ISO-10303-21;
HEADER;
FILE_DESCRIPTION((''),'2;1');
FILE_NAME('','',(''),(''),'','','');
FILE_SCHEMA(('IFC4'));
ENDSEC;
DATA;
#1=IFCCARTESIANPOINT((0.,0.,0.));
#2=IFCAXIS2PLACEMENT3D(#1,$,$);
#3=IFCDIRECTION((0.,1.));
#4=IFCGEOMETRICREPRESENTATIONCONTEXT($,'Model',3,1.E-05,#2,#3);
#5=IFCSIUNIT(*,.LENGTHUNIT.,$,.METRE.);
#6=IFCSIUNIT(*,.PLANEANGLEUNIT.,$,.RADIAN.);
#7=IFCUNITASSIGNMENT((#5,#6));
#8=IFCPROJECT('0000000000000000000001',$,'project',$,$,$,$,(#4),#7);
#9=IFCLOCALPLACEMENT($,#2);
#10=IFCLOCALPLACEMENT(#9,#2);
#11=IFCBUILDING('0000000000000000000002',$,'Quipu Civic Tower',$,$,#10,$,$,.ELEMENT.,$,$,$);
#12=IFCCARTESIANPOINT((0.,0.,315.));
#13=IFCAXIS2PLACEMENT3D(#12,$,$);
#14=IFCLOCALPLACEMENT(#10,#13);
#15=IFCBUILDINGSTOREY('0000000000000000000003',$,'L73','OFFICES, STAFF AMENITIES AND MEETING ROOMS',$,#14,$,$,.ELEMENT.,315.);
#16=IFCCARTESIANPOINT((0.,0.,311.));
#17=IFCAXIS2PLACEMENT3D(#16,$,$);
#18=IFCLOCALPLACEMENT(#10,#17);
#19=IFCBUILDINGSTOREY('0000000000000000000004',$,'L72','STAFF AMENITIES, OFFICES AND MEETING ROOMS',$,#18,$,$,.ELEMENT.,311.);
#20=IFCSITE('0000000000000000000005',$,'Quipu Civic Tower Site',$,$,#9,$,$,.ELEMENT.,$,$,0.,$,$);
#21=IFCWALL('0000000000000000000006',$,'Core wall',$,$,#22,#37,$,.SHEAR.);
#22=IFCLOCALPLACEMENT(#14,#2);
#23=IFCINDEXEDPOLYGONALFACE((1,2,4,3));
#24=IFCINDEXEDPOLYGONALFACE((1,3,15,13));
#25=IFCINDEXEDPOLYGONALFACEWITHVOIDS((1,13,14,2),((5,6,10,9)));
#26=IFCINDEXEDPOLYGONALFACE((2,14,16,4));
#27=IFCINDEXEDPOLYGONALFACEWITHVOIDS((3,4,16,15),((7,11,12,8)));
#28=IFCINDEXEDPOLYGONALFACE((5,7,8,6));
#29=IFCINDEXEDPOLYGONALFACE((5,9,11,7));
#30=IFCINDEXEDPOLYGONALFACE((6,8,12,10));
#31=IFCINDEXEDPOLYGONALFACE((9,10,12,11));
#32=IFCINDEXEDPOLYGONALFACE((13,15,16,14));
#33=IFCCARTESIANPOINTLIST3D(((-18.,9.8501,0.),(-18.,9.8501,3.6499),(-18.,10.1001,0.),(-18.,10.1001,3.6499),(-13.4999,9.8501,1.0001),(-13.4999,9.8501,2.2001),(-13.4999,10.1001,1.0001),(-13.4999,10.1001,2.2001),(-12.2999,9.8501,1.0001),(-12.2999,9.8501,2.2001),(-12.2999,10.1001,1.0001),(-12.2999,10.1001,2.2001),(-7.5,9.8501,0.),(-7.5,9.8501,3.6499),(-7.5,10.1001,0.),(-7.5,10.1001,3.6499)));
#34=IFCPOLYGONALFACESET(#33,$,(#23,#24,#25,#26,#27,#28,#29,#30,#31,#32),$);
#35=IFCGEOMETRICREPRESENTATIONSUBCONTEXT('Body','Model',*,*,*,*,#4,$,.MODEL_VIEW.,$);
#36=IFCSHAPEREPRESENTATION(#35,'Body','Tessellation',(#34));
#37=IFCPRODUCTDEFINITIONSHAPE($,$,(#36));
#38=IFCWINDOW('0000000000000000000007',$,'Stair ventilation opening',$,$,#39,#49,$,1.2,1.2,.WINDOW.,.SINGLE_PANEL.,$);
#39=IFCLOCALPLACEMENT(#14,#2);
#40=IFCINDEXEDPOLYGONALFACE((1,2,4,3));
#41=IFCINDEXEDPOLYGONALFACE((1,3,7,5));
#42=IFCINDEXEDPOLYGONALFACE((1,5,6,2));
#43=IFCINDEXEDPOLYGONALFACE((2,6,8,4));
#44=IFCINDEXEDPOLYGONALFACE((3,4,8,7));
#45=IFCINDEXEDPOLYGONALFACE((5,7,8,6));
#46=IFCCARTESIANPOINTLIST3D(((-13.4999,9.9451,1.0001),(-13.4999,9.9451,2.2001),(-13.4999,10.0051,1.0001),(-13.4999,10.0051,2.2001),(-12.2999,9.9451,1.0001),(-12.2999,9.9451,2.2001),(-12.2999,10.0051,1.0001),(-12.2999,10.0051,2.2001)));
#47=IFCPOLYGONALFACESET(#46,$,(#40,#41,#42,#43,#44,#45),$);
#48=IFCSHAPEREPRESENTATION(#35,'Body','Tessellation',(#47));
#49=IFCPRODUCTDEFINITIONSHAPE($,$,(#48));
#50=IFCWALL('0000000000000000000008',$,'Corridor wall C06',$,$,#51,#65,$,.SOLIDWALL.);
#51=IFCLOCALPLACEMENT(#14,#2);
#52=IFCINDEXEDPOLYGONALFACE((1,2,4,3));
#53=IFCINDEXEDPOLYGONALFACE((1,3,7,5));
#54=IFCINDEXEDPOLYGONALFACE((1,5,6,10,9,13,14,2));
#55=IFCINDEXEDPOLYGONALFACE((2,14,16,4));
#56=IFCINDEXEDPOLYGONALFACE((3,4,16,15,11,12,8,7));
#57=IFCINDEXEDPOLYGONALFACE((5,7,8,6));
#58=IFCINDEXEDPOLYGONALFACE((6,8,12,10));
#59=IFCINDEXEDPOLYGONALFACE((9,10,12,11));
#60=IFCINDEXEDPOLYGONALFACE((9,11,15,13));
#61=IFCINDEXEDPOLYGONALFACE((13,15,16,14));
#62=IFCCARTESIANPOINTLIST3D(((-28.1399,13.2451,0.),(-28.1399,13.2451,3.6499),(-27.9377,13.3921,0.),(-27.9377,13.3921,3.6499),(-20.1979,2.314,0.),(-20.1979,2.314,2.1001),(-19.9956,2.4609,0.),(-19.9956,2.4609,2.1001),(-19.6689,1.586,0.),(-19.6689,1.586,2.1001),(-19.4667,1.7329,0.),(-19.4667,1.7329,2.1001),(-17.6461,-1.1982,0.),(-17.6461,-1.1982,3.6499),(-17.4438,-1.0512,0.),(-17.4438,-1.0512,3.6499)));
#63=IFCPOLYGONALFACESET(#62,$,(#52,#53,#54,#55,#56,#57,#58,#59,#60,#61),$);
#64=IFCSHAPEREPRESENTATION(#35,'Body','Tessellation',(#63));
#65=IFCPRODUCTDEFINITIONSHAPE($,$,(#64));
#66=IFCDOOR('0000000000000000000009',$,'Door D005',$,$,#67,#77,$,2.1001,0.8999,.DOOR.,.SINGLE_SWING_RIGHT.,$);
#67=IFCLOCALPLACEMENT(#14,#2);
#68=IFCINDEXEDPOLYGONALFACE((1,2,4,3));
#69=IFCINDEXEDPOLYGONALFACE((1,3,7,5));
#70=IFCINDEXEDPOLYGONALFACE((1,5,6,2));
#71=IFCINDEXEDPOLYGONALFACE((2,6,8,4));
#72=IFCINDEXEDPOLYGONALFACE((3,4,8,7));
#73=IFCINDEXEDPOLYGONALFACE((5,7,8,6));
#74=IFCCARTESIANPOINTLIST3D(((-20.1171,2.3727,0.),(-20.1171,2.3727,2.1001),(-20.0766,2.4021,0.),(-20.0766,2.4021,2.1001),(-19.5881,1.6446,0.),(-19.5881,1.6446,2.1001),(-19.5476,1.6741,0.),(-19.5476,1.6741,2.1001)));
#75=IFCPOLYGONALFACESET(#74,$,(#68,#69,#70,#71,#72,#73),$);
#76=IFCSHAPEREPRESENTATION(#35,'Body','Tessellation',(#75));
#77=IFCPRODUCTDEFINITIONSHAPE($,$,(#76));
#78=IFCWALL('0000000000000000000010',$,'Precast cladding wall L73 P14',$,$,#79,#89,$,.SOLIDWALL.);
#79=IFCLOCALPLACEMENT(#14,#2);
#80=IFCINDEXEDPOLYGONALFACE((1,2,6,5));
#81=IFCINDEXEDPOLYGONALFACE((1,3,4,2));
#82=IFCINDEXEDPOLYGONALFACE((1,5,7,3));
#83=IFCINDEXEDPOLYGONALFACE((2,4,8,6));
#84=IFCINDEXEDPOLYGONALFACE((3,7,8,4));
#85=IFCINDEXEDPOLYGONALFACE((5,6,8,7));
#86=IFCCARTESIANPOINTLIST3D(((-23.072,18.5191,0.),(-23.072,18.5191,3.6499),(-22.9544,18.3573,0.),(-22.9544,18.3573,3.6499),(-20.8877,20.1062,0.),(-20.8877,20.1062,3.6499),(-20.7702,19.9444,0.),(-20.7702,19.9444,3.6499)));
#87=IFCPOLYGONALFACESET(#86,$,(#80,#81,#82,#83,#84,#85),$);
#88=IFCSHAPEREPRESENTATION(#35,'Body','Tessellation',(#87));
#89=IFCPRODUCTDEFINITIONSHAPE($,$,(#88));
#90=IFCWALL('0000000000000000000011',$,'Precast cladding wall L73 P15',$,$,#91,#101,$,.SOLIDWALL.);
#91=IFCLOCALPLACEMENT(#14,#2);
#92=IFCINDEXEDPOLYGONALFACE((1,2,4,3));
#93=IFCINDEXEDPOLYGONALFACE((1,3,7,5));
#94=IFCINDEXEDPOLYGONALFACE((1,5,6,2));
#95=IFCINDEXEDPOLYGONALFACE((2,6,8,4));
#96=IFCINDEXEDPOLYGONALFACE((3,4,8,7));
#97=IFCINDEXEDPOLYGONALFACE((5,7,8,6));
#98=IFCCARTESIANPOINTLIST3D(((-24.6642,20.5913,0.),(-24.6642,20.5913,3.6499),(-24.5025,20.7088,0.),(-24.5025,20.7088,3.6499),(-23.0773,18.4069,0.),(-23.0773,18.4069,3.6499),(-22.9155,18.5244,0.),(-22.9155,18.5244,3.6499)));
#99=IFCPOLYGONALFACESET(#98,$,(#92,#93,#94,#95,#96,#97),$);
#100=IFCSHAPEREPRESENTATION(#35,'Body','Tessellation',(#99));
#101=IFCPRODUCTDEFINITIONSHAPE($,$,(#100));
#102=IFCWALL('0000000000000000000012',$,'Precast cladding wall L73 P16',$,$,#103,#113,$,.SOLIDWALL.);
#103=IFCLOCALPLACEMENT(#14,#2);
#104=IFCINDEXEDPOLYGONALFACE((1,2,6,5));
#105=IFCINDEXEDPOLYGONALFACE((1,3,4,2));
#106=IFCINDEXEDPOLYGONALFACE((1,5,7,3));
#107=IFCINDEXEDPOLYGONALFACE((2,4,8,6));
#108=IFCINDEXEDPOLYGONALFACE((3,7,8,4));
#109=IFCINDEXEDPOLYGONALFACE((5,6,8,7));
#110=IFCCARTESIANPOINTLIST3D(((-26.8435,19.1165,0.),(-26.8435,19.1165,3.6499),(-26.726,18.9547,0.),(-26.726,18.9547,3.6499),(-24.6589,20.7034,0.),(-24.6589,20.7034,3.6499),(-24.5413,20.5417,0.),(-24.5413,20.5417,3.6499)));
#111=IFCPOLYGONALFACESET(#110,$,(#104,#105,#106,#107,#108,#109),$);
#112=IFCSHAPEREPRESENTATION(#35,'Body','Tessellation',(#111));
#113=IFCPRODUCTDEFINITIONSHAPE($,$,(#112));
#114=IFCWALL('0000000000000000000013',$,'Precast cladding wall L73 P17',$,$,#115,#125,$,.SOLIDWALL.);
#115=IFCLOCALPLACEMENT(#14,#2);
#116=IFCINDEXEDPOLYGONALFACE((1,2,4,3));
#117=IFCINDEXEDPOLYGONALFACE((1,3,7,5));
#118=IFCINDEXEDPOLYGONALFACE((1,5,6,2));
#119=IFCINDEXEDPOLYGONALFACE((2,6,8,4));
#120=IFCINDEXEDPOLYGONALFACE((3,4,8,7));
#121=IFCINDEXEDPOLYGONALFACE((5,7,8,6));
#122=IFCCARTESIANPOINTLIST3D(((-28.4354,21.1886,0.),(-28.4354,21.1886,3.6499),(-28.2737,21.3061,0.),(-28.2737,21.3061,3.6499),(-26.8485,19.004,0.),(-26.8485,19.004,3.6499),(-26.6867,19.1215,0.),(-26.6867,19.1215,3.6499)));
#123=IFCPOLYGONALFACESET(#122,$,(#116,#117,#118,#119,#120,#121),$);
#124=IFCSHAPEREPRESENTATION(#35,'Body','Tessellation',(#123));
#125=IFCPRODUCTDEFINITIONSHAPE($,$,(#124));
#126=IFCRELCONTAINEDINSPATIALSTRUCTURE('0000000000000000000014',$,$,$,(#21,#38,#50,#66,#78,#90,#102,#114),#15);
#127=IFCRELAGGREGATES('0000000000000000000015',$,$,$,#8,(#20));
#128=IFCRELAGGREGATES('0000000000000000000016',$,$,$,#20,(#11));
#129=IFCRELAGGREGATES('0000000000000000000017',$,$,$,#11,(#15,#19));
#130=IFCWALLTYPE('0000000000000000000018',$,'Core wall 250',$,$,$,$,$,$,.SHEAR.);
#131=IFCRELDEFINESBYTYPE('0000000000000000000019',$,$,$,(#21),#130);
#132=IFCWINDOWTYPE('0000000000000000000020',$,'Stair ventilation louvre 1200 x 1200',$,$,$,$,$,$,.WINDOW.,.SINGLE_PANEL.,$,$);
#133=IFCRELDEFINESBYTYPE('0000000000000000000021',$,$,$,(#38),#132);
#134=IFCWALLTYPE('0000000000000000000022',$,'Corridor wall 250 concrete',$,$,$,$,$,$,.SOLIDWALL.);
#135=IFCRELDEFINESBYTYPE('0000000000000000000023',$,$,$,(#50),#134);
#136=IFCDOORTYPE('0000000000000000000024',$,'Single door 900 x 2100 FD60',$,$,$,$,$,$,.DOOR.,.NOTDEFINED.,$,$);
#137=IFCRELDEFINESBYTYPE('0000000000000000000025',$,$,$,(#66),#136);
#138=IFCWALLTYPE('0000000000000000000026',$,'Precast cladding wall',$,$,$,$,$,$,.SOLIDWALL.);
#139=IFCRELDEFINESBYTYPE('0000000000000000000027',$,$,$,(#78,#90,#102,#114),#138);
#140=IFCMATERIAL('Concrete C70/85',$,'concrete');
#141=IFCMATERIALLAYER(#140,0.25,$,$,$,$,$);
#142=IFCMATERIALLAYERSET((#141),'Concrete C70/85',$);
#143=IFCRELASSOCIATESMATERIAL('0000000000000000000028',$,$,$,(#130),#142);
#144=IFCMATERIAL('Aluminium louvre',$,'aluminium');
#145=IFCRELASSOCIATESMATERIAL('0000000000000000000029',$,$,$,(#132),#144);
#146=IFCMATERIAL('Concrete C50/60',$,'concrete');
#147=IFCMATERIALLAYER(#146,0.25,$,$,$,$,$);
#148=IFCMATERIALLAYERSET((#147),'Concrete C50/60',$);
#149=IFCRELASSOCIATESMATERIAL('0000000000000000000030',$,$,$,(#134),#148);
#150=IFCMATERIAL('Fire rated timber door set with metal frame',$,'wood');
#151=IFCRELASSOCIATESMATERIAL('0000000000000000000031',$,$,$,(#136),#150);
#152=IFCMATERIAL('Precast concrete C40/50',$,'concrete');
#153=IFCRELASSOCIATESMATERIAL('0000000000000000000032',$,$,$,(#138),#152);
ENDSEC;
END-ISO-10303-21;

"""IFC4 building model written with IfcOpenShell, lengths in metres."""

from ifc_helpers import new_model, si_unit, direction, frame, frame_2d, origin, place, context, subcontext, project, spatial, rectangle, extrude, material, layer, layer_set, type_object, element, fill, save


model = new_model("IFC4")

# Units and contexts
model_context = context("Model", 3, precision=1e-05, world=origin(), true_north=direction((0.0, 1.0)))
body_context = subcontext(model_context, "Body", "Model", "MODEL_VIEW")
ifc_project = project(units=[si_unit("LENGTHUNIT", "METRE"), si_unit("PLANEANGLEUNIT", "RADIAN")], contexts=[model_context])

# Site, building, storey
site_placement = place(None, origin())
site = spatial("IfcSite", under=ifc_project, at=site_placement, Name="Quipu Civic Tower Site", CompositionType="ELEMENT", RefElevation=0.0)
building_placement = place(site_placement, origin())
building = spatial("IfcBuilding", under=site, at=building_placement, Name="Quipu Civic Tower", CompositionType="ELEMENT")
storey_1_placement = place(building_placement, frame((0.0, 0.0, 315.0)))
storey_1 = spatial("IfcBuildingStorey", under=building, at=storey_1_placement, Name="L73", Description="OFFICES, STAFF AMENITIES AND MEETING ROOMS", CompositionType="ELEMENT", Elevation=315.0)

# Shared definitions
storey_2_placement = place(building_placement, frame((0.0, 0.0, 311.0)))
storey_2 = spatial("IfcBuildingStorey", under=building, at=storey_2_placement, Name="L72", Description="STAFF AMENITIES, OFFICES AND MEETING ROOMS", CompositionType="ELEMENT", Elevation=311.0)

# Wall, opening, window
ifc_material_1 = material(Name="Concrete C70/85", Category="concrete")
ifc_layer_1 = layer(ifc_material_1, 0.25)
ifc_layer_set_1 = layer_set([ifc_layer_1], Name="Concrete C70/85")
wall_type_1 = type_object("IfcWallType", Name="Core wall 250", PredefinedType="SHEAR", material=ifc_layer_set_1)
wall_1_placement = place(storey_1_placement, frame((-18.0, 9.9751, 0.0), z_axis=(0.0, 0.0, 1.0), x_axis=(1.0, 0.0, 0.0)))
wall_1 = element("IfcWall", 1, at=wall_1_placement, inside=storey_1, type_object=wall_type_1, Name="Core wall", PredefinedType="SHEAR", context=body_context, shape_type="SweptSolid", body=[
    extrude(rectangle(XDim=10.5, YDim=0.25, at=frame_2d((5.25, 0.0))), origin(), (0.0, 0.0, 1.0), 3.6499),
])
opening_1_placement = place(wall_1_placement, frame((4.5, 0.0, 1.0)))
opening_1 = element("IfcOpeningElement", 2, at=opening_1_placement, cuts=wall_1, PredefinedType="OPENING", context=body_context, shape_type="SweptSolid", body=[
    extrude(rectangle(XDim=1.2, YDim=1.2, at=frame_2d((0.6001, 0.6001))), frame((0.0, 0.135, 0.0), z_axis=(0.0, -1.0, 0.0), x_axis=(1.0, 0.0, 0.0)), (0.0, 0.0, 1.0), 0.27),
])
ifc_material_2 = material(Name="Aluminium louvre", Category="aluminium")
window_type = type_object("IfcWindowType", Name="Stair ventilation louvre 1200 x 1200", PartitioningType="SINGLE_PANEL", PredefinedType="WINDOW", material=ifc_material_2)
window_placement = place(opening_1_placement, origin())
window = element("IfcWindow", 3, at=window_placement, inside=storey_1, type_object=window_type, Name="Stair ventilation opening", OverallHeight=1.2, OverallWidth=1.2, PartitioningType="SINGLE_PANEL", PredefinedType="WINDOW", context=body_context, shape_type="SweptSolid", body=[
    extrude(rectangle(XDim=1.2, YDim=1.2, at=frame_2d((0.6001, 0.6001))), frame((0.0, 0.03, 0.0), z_axis=(0.0, -1.0, 0.0), x_axis=(1.0, 0.0, 0.0)), (0.0, 0.0, 1.0), 0.0601),
])
fill(opening_1, window)

# Wall, opening, door
ifc_material_3 = material(Name="Concrete C50/60", Category="concrete")
ifc_layer_2 = layer(ifc_material_3, 0.25)
ifc_layer_set_2 = layer_set([ifc_layer_2], Name="Concrete C50/60")
wall_type_2 = type_object("IfcWallType", Name="Corridor wall 250 concrete", PredefinedType="SOLIDWALL", material=ifc_layer_set_2)
wall_2_placement = place(storey_1_placement, frame((-28.0388, 13.3186, 0.0), z_axis=(0.0, 0.0, 1.0), x_axis=(0.587792, -0.809012, 0.0)))
wall_2 = element("IfcWall", 4, at=wall_2_placement, inside=storey_1, type_object=wall_type_2, Name="Corridor wall C06", PredefinedType="SOLIDWALL", context=body_context, shape_type="SweptSolid", body=[
    extrude(rectangle(XDim=17.853, YDim=0.25, at=frame_2d((8.9265, 0.0))), origin(), (0.0, 0.0, 1.0), 3.6499),
])
opening_2_placement = place(wall_2_placement, frame((13.5117, 0.0, 0.0)))
opening_2 = element("IfcOpeningElement", 5, at=opening_2_placement, cuts=wall_2, PredefinedType="OPENING", context=body_context, shape_type="SweptSolid", body=[
    extrude(rectangle(XDim=0.8999, YDim=2.1001, at=frame_2d((0.45, 1.05))), frame((0.0, 0.135, 0.0), z_axis=(0.0, -1.0, 0.0), x_axis=(1.0, 0.0, 0.0)), (0.0, 0.0, 1.0), 0.27),
])
ifc_material_4 = material(Name="Fire rated timber door set with metal frame", Category="wood")
door_type = type_object("IfcDoorType", Name="Single door 900 x 2100 FD60", OperationType="NOTDEFINED", PredefinedType="DOOR", material=ifc_material_4)
door_placement = place(opening_2_placement, origin())
door = element("IfcDoor", 6, at=door_placement, inside=storey_1, type_object=door_type, Name="Door D005", OperationType="SINGLE_SWING_RIGHT", OverallHeight=2.1001, OverallWidth=0.8999, PredefinedType="DOOR", context=body_context, shape_type="SweptSolid", body=[
    extrude(rectangle(XDim=0.8999, YDim=2.1001, at=frame_2d((0.45, 1.05))), frame((0.0, 0.0249, 0.0), z_axis=(0.0, -1.0, 0.0), x_axis=(1.0, 0.0, 0.0)), (0.0, 0.0, 1.0), 0.05),
])
fill(opening_2, door)

# Walls
ifc_material_5 = material(Name="Precast concrete C40/50", Category="concrete")
wall_type_3 = type_object("IfcWallType", Name="Precast cladding wall", PredefinedType="SOLIDWALL", material=ifc_material_5)
for number, where, z_axis, x_axis, name in (
    (7, (-20.8289, 20.0254, 0.0), (0.0, 0.0, 1.0), (-0.80899, -0.587822, 0.0), "Precast cladding wall L73 P14"),
    (8, (-22.9963, 18.4656, 0.0), (0.0, 0.0, 1.0), (-0.587763, 0.809033, 0.0), "Precast cladding wall L73 P15"),
):
    element("IfcWall", number, at=place(storey_1_placement, frame(where, z_axis=z_axis, x_axis=x_axis)), inside=storey_1, type_object=wall_type_3, Name=name, PredefinedType="SOLIDWALL", context=body_context, shape_type="SweptSolid", body=[
        extrude(rectangle(XDim=2.7, YDim=0.2, at=frame_2d((1.3501, 0.0))), origin(), (0.0, 0.0, 1.0), 3.6499),
    ])
for number, where, z_axis, x_axis, name in (
    (9, (-24.6001, 20.6226, 0.0), (0.0, 0.0, 1.0), (-0.809064, -0.58772, 0.0), "Precast cladding wall L73 P16"),
    (10, (-26.7676, 19.0627, 0.0), (0.0, 0.0, 1.0), (-0.58772, 0.809064, 0.0), "Precast cladding wall L73 P17"),
):
    element("IfcWall", number, at=place(storey_1_placement, frame(where, z_axis=z_axis, x_axis=x_axis)), inside=storey_1, type_object=wall_type_3, Name=name, PredefinedType="SOLIDWALL", context=body_context, shape_type="SweptSolid", body=[
        extrude(rectangle(XDim=2.7002, YDim=0.2, at=frame_2d((1.3501, 0.0))), origin(), (0.0, 0.0, 1.0), 3.6499),
    ])

save(model, "model.ifc")
